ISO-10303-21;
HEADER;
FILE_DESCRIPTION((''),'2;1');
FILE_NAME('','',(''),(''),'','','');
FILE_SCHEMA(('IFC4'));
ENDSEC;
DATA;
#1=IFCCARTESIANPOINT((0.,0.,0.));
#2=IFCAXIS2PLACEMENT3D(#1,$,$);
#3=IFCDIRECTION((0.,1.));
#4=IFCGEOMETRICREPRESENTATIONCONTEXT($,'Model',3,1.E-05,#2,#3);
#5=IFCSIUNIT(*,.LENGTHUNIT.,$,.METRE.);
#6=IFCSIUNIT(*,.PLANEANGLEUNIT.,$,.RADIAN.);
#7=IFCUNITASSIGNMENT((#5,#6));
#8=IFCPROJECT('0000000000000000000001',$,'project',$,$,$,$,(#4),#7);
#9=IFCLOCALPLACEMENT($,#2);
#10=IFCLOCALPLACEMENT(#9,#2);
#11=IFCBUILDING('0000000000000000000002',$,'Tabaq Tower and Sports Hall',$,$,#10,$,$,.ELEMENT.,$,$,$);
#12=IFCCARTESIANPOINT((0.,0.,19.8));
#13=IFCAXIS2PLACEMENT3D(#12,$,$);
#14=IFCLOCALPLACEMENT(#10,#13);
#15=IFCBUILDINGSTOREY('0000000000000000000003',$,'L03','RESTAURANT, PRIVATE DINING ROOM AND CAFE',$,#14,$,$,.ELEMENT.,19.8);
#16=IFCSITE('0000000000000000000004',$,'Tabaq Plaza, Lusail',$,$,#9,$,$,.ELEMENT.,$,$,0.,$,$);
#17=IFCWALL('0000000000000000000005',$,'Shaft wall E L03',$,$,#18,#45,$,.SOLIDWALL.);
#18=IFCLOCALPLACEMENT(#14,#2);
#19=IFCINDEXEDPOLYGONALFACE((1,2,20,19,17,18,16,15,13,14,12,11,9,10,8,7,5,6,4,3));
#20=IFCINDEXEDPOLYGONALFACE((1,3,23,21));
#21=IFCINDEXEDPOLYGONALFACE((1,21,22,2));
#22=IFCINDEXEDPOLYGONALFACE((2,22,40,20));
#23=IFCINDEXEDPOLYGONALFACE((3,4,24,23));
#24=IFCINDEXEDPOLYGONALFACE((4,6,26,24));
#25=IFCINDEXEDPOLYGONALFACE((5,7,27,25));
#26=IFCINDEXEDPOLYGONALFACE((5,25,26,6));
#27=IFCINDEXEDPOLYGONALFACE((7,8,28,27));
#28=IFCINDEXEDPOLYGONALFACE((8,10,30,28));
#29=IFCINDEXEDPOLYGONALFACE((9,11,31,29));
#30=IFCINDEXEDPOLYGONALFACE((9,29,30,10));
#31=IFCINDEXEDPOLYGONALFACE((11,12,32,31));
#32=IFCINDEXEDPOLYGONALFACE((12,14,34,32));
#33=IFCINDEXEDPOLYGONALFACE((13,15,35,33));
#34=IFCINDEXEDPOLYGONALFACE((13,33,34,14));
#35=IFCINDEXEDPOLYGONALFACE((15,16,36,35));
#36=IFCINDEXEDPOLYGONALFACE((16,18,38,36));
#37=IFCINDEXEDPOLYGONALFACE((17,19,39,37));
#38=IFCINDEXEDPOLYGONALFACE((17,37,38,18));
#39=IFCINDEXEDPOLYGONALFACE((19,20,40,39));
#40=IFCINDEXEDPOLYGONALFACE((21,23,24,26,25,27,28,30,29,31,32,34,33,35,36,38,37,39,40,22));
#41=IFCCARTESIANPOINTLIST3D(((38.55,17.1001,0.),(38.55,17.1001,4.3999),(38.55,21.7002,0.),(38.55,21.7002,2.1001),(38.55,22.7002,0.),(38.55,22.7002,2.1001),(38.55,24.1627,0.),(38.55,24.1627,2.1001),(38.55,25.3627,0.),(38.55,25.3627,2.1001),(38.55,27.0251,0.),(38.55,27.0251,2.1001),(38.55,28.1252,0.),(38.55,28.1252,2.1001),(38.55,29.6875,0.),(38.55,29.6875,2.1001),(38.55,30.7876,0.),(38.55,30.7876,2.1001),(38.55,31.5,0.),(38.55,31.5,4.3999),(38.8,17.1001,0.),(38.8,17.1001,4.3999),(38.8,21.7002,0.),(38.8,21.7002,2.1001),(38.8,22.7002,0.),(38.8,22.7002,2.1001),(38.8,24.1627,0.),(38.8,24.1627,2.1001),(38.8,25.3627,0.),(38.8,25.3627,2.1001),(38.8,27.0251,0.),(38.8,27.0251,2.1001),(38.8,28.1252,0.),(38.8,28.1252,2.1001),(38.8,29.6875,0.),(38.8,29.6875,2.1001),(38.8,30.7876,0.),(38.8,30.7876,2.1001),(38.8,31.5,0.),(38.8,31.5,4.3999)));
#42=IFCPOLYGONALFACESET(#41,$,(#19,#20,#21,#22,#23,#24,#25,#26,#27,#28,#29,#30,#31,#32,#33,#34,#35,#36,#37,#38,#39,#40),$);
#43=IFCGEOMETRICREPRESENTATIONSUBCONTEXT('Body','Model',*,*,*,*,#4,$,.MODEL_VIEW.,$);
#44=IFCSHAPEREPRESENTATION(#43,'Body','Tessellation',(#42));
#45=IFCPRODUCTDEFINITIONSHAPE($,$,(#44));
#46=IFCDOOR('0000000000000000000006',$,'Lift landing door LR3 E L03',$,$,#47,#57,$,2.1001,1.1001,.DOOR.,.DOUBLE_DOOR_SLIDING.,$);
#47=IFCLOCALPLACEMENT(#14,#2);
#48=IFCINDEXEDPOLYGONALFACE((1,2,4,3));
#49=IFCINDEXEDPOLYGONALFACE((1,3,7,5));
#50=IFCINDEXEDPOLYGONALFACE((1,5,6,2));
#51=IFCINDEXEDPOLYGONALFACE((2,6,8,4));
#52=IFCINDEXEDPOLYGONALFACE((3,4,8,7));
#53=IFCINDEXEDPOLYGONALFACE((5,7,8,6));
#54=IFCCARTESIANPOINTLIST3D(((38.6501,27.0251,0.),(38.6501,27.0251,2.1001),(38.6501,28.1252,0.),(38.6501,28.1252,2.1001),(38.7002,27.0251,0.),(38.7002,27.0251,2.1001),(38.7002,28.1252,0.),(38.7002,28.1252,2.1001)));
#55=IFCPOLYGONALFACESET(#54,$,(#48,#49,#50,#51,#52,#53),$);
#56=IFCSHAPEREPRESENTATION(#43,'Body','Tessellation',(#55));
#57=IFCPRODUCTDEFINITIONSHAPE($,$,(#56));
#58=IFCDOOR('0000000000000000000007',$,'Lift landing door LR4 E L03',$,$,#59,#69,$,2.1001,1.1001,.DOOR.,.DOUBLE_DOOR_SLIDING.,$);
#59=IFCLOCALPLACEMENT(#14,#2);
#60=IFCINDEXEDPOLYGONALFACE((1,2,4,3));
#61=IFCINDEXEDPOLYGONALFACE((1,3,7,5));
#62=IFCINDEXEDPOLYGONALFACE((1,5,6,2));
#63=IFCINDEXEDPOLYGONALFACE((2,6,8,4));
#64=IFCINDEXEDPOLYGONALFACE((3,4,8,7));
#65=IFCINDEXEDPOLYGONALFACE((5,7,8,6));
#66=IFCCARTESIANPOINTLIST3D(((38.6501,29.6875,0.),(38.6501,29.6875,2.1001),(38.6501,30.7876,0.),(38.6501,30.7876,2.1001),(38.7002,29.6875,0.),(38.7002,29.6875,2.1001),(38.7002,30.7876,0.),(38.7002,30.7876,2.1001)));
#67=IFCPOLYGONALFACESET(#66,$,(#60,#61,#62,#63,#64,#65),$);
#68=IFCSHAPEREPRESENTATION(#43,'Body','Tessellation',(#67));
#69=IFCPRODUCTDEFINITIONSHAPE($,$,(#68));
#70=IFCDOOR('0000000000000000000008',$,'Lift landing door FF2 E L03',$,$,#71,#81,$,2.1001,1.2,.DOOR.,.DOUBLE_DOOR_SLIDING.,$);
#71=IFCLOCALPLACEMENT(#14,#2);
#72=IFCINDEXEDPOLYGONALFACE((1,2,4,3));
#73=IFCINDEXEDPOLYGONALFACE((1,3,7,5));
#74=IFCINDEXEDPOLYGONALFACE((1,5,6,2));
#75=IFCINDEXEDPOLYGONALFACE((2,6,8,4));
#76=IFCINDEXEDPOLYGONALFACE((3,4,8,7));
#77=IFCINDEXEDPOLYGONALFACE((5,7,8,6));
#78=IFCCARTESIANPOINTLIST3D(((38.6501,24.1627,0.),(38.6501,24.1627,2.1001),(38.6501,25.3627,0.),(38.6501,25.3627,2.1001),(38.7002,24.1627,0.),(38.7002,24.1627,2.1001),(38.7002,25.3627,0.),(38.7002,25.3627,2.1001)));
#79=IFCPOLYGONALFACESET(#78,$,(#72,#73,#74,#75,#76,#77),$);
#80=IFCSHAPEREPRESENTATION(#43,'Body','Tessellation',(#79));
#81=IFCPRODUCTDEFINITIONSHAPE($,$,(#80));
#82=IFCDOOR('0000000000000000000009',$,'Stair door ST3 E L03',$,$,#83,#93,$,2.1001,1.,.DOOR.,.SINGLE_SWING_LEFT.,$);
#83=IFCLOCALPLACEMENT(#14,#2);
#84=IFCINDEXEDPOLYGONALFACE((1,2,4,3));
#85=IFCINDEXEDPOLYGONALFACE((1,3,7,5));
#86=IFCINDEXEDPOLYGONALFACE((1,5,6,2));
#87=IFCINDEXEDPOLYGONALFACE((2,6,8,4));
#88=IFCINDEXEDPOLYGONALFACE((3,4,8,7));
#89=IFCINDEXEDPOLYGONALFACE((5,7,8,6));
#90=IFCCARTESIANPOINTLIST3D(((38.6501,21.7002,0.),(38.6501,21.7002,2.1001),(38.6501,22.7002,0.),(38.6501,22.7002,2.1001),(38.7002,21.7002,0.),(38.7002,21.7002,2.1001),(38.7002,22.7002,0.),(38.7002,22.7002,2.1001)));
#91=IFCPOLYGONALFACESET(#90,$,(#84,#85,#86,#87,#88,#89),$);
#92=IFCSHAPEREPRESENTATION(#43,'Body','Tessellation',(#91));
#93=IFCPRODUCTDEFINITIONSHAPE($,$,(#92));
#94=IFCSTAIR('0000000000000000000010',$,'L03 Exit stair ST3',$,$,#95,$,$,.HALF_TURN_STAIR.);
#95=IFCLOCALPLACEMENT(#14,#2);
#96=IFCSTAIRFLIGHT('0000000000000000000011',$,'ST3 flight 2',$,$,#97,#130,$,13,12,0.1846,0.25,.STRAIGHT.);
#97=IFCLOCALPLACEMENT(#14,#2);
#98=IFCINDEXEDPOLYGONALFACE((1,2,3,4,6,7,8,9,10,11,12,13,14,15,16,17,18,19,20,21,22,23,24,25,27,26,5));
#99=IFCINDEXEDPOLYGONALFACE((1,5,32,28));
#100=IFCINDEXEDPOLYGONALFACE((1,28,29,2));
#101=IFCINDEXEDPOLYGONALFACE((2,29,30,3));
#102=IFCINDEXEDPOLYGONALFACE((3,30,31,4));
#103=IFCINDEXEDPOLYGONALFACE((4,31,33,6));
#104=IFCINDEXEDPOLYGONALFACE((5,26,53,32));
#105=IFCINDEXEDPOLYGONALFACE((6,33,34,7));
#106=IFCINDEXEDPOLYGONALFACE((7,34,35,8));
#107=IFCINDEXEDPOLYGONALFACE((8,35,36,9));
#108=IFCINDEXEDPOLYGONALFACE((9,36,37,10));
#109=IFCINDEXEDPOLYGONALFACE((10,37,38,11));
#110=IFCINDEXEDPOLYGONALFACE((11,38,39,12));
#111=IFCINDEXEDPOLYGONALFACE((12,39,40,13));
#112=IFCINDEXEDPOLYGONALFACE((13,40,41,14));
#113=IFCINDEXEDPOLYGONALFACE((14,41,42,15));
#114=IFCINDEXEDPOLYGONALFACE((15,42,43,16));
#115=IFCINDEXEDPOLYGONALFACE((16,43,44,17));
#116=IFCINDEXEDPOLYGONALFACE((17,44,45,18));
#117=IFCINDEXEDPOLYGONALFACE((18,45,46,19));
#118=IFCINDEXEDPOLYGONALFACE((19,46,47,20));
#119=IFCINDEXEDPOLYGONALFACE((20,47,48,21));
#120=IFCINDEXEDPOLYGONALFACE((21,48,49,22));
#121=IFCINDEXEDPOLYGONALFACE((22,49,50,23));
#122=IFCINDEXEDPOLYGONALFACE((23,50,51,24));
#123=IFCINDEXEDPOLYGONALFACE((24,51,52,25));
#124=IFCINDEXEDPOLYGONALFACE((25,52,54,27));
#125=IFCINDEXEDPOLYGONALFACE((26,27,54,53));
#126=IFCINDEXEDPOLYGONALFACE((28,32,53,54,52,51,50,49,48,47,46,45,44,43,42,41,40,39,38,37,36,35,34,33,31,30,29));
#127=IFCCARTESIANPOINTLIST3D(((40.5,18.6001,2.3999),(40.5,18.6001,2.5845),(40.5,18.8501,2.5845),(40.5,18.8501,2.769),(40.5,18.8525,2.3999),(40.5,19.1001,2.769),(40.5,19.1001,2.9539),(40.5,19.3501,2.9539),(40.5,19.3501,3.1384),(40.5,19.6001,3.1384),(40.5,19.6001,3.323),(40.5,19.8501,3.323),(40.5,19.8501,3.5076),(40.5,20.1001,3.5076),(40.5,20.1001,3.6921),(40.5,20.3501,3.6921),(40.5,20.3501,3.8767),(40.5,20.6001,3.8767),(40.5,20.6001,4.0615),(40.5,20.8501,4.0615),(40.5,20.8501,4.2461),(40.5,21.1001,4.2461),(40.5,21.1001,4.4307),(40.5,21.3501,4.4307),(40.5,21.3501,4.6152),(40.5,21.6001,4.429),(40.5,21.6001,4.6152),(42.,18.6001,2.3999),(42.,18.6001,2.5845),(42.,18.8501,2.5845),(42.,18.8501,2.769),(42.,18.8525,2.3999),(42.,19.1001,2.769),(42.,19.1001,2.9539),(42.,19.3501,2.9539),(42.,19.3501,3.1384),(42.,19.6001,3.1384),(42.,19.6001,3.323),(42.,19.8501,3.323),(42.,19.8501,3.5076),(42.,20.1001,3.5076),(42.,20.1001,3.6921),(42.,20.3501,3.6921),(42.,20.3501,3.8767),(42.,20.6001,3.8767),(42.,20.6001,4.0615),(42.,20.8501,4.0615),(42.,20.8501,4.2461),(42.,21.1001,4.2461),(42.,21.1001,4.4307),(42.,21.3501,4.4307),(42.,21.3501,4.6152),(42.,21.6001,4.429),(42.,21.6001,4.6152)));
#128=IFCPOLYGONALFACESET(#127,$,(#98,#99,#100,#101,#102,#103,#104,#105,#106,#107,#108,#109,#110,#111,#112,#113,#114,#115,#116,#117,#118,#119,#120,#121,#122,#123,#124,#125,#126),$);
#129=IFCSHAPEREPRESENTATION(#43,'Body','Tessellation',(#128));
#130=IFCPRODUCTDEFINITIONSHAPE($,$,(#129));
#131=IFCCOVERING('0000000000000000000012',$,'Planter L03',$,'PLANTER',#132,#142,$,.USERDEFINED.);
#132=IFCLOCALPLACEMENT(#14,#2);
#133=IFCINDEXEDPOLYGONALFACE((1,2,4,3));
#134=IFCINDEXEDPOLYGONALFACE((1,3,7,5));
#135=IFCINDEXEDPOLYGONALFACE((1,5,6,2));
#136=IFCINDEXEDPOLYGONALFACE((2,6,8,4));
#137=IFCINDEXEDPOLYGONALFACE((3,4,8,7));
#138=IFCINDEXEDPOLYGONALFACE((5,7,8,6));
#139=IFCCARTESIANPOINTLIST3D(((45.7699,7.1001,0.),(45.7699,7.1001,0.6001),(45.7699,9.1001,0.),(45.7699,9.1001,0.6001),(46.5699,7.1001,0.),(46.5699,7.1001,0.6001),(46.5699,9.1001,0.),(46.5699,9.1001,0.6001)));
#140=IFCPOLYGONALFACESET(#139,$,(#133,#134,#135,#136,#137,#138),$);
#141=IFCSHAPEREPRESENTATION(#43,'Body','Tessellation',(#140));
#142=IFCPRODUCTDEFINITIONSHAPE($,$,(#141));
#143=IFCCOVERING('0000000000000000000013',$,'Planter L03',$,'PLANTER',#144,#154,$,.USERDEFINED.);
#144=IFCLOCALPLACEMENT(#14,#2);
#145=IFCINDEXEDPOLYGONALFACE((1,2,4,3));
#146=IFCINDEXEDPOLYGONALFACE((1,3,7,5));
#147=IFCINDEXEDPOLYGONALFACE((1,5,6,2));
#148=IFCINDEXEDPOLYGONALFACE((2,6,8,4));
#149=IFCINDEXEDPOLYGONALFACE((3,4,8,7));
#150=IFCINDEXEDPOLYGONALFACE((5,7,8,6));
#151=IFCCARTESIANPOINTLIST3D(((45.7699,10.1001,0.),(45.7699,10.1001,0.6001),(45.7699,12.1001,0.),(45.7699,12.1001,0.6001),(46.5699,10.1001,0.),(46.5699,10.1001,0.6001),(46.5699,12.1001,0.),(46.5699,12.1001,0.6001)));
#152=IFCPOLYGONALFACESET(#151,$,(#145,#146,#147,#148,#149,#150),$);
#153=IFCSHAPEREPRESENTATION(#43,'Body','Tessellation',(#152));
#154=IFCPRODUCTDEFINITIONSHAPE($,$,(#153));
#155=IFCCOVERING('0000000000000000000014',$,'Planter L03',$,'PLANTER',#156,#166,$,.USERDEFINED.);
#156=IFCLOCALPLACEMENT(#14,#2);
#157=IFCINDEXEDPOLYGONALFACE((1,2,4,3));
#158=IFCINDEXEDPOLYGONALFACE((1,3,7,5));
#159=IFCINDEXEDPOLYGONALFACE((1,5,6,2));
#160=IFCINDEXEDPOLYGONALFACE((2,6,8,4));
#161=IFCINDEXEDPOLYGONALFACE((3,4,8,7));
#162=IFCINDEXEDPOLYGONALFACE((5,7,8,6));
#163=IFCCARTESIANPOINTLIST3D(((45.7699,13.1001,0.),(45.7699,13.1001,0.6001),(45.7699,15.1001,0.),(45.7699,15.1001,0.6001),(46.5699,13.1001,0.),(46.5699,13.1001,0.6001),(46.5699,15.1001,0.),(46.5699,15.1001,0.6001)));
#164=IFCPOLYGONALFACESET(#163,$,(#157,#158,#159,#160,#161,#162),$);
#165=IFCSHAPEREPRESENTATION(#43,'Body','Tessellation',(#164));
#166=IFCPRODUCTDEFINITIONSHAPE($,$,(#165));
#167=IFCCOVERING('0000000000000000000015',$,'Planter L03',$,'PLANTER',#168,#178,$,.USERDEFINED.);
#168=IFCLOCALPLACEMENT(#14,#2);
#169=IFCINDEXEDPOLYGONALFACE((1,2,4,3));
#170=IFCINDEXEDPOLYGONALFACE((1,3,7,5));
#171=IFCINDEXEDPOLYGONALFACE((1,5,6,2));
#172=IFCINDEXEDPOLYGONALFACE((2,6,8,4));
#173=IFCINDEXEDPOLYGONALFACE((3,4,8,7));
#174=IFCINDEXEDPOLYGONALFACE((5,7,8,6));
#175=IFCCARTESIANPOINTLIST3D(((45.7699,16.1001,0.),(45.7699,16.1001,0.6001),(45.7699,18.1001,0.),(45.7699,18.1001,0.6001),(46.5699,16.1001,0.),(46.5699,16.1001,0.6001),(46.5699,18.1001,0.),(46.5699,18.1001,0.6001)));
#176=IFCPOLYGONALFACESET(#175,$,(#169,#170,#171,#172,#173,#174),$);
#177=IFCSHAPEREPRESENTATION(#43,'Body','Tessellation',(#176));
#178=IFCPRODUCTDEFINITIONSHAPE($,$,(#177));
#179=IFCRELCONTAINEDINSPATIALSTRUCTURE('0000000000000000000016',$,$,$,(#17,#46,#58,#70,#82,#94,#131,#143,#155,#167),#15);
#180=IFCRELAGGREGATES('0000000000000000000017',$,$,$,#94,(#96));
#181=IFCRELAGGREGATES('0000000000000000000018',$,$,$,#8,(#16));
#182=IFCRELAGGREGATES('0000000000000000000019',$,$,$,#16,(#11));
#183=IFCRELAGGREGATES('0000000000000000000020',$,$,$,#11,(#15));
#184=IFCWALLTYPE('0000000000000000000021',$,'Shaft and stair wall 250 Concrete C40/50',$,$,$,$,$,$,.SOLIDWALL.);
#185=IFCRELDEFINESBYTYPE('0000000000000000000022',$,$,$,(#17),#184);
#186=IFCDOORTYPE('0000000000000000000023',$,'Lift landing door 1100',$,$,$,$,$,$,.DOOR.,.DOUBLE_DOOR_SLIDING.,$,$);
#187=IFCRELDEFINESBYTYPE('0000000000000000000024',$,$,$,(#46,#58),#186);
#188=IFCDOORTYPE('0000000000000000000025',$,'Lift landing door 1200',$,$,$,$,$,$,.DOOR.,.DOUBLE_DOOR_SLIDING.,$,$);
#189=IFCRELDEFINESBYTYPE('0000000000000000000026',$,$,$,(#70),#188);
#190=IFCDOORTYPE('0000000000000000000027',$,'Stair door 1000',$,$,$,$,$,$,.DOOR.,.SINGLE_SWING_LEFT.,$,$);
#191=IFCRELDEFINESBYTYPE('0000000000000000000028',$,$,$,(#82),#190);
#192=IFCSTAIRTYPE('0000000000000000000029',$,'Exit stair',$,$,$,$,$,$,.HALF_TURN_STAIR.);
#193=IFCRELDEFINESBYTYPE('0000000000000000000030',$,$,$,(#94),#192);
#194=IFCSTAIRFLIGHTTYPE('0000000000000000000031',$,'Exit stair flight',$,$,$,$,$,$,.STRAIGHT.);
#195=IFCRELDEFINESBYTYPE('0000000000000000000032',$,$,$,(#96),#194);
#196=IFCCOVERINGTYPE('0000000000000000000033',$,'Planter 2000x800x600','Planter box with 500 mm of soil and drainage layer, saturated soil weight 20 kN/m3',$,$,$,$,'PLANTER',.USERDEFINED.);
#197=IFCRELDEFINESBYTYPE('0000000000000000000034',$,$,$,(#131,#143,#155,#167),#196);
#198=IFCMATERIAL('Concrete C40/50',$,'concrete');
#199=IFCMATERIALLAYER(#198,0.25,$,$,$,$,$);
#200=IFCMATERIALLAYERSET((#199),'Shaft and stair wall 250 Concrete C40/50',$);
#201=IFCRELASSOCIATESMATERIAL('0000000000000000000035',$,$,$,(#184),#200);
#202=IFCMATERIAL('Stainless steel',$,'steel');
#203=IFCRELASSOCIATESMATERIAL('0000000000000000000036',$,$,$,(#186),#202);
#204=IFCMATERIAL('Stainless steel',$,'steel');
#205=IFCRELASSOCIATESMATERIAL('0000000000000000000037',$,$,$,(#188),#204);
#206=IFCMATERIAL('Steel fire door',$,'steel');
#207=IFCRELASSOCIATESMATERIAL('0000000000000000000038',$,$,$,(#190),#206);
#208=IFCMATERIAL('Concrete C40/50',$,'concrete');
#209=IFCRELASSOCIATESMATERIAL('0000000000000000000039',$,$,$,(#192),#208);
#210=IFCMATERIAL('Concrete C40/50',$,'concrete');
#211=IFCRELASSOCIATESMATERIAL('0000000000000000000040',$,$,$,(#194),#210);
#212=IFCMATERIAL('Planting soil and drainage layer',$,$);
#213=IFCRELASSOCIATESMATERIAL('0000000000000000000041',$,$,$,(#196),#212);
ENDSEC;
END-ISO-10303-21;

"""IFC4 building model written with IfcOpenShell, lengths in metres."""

from ifc_helpers import new_model, si_unit, direction, frame, frame_2d, origin, origin_2d, place, context, subcontext, project, spatial, polyline, rectangle, outline, extrude, material, layer, layer_set, type_object, element, fill, aggregate, save


model = new_model("IFC4")

# Units and contexts
model_context = context("Model", 3, precision=1e-05, world=origin(), true_north=direction((0.0, 1.0)))
body_context = subcontext(model_context, "Body", "Model", "MODEL_VIEW")
ifc_project = project(units=[si_unit("LENGTHUNIT", "METRE"), si_unit("PLANEANGLEUNIT", "RADIAN")], contexts=[model_context])

# Site, building, storey
site_placement = place(None, origin())
site = spatial("IfcSite", under=ifc_project, at=site_placement, Name="Tabaq Plaza, Lusail", CompositionType="ELEMENT", RefElevation=0.0)
building_placement = place(site_placement, origin())
building = spatial("IfcBuilding", under=site, at=building_placement, Name="Tabaq Tower and Sports Hall", CompositionType="ELEMENT")
storey_placement = place(building_placement, frame((0.0, 0.0, 19.8)))
storey = spatial("IfcBuildingStorey", under=building, at=storey_placement, Name="L03", Description="RESTAURANT, PRIVATE DINING ROOM AND CAFE", CompositionType="ELEMENT", Elevation=19.8)

# Wall, openings, doors
ifc_material_1 = material(Name="Concrete C40/50", Category="concrete")
ifc_layer_1 = layer(ifc_material_1, 0.25)
ifc_layer_set_1 = layer_set([ifc_layer_1], Name="Shaft and stair wall 250 Concrete C40/50")
wall_type_1 = type_object("IfcWallType", Name="Shaft and stair wall 250 Concrete C40/50", PredefinedType="SOLIDWALL", material=ifc_layer_set_1)
wall_1_placement = place(storey_placement, frame((38.675, 17.1001, 0.0), z_axis=(0.0, 0.0, 1.0), x_axis=(0.0, 1.0, 0.0)))
wall_1 = element("IfcWall", 1, at=wall_1_placement, inside=storey, type_object=wall_type_1, Name="Shaft wall E L03", PredefinedType="SOLIDWALL", context=body_context, shape_type="SweptSolid", body=[
    extrude(rectangle(XDim=14.3999, YDim=0.25, at=frame_2d((7.2, 0.0))), origin(), (0.0, 0.0, 1.0), 4.3999),
])
opening_1_placement = place(wall_1_placement, frame((4.6001, 0.0, 0.0)))
opening_1 = element("IfcOpeningElement", 2, at=opening_1_placement, cuts=wall_1, PredefinedType="OPENING", context=body_context, shape_type="SweptSolid", body=[
    extrude(rectangle(XDim=1.0, YDim=2.1001, at=frame_2d((0.5, 1.05))), frame((0.0, 0.125, 0.0), z_axis=(0.0, -1.0, 0.0), x_axis=(1.0, 0.0, 0.0)), (0.0, 0.0, 1.0), 0.25),
])
opening_2_placement = place(wall_1_placement, frame((7.0625, 0.0, 0.0)))
opening_2 = element("IfcOpeningElement", 3, at=opening_2_placement, cuts=wall_1, PredefinedType="OPENING", context=body_context, shape_type="SweptSolid", body=[
    extrude(rectangle(XDim=1.2, YDim=2.1001, at=frame_2d((0.6001, 1.05))), frame((0.0, 0.125, 0.0), z_axis=(0.0, -1.0, 0.0), x_axis=(1.0, 0.0, 0.0)), (0.0, 0.0, 1.0), 0.25),
])
opening_3_placement = place(wall_1_placement, frame((9.925, 0.0, 0.0)))
opening_3 = element("IfcOpeningElement", 4, at=opening_3_placement, cuts=wall_1, PredefinedType="OPENING", context=body_context, shape_type="SweptSolid", body=[
    extrude(rectangle(XDim=1.1001, YDim=2.1001, at=frame_2d((0.55, 1.05))), frame((0.0, 0.125, 0.0), z_axis=(0.0, -1.0, 0.0), x_axis=(1.0, 0.0, 0.0)), (0.0, 0.0, 1.0), 0.25),
])
opening_4_placement = place(wall_1_placement, frame((12.5874, 0.0, 0.0)))
opening_4 = element("IfcOpeningElement", 5, at=opening_4_placement, cuts=wall_1, PredefinedType="OPENING", context=body_context, shape_type="SweptSolid", body=[
    extrude(rectangle(XDim=1.1001, YDim=2.1001, at=frame_2d((0.55, 1.05))), frame((0.0, 0.125, 0.0), z_axis=(0.0, -1.0, 0.0), x_axis=(1.0, 0.0, 0.0)), (0.0, 0.0, 1.0), 0.25),
])
ifc_material_2 = material(Name="Stainless steel", Category="steel")
door_type_1 = type_object("IfcDoorType", Name="Lift landing door 1100", OperationType="DOUBLE_DOOR_SLIDING", PredefinedType="DOOR", material=ifc_material_2)
door_1_placement = place(opening_3_placement, origin())
door_1 = element("IfcDoor", 6, at=door_1_placement, inside=storey, type_object=door_type_1, Name="Lift landing door LR3 E L03", OperationType="DOUBLE_DOOR_SLIDING", OverallHeight=2.1001, OverallWidth=1.1001, PredefinedType="DOOR", context=body_context, shape_type="SweptSolid", body=[
    extrude(rectangle(XDim=1.1001, YDim=2.1001, at=frame_2d((0.55, 1.05))), frame((0.0, 0.0249, 0.0), z_axis=(0.0, -1.0, 0.0), x_axis=(1.0, 0.0, 0.0)), (0.0, 0.0, 1.0), 0.05),
])
fill(opening_3, door_1)
door_2_placement = place(opening_4_placement, origin())
door_2 = element("IfcDoor", 7, at=door_2_placement, inside=storey, type_object=door_type_1, Name="Lift landing door LR4 E L03", OperationType="DOUBLE_DOOR_SLIDING", OverallHeight=2.1001, OverallWidth=1.1001, PredefinedType="DOOR", context=body_context, shape_type="SweptSolid", body=[
    extrude(rectangle(XDim=1.1001, YDim=2.1001, at=frame_2d((0.55, 1.05))), frame((0.0, 0.0249, 0.0), z_axis=(0.0, -1.0, 0.0), x_axis=(1.0, 0.0, 0.0)), (0.0, 0.0, 1.0), 0.05),
])
fill(opening_4, door_2)
ifc_material_3 = material(Name="Stainless steel", Category="steel")
door_type_2 = type_object("IfcDoorType", Name="Lift landing door 1200", OperationType="DOUBLE_DOOR_SLIDING", PredefinedType="DOOR", material=ifc_material_3)
door_3_placement = place(opening_2_placement, origin())
door_3 = element("IfcDoor", 8, at=door_3_placement, inside=storey, type_object=door_type_2, Name="Lift landing door FF2 E L03", OperationType="DOUBLE_DOOR_SLIDING", OverallHeight=2.1001, OverallWidth=1.2, PredefinedType="DOOR", context=body_context, shape_type="SweptSolid", body=[
    extrude(rectangle(XDim=1.2, YDim=2.1001, at=frame_2d((0.6001, 1.05))), frame((0.0, 0.0249, 0.0), z_axis=(0.0, -1.0, 0.0), x_axis=(1.0, 0.0, 0.0)), (0.0, 0.0, 1.0), 0.05),
])
fill(opening_2, door_3)
ifc_material_4 = material(Name="Steel fire door", Category="steel")
door_type_3 = type_object("IfcDoorType", Name="Stair door 1000", OperationType="SINGLE_SWING_LEFT", PredefinedType="DOOR", material=ifc_material_4)
door_4_placement = place(opening_1_placement, origin())
door_4 = element("IfcDoor", 9, at=door_4_placement, inside=storey, type_object=door_type_3, Name="Stair door ST3 E L03", OperationType="SINGLE_SWING_LEFT", OverallHeight=2.1001, OverallWidth=1.0, PredefinedType="DOOR", context=body_context, shape_type="SweptSolid", body=[
    extrude(rectangle(XDim=1.0, YDim=2.1001, at=frame_2d((0.5, 1.05))), frame((0.0, 0.0249, 0.0), z_axis=(0.0, -1.0, 0.0), x_axis=(1.0, 0.0, 0.0)), (0.0, 0.0, 1.0), 0.05),
])
fill(opening_1, door_4)

# Stair, stair flight
ifc_material_5 = material(Name="Concrete C40/50", Category="concrete")
stair_type = type_object("IfcStairType", Name="Exit stair", PredefinedType="HALF_TURN_STAIR", material=ifc_material_5)
stair_placement = place(storey_placement, origin())
stair = element("IfcStair", 10, at=stair_placement, inside=storey, type_object=stair_type, Name="L03 Exit stair ST3", PredefinedType="HALF_TURN_STAIR")
ifc_material_6 = material(Name="Concrete C40/50", Category="concrete")
stair_flight_type = type_object("IfcStairFlightType", Name="Exit stair flight", PredefinedType="STRAIGHT", material=ifc_material_6)
stair_flight_placement = place(storey_placement, frame((41.25, 18.6001, 2.3999), z_axis=(0.0, 0.0, 1.0), x_axis=(0.0, 1.0, 0.0)))
stair_flight = element("IfcStairFlight", 11, at=stair_flight_placement, type_object=stair_flight_type, Name="ST3 flight 2", NumberOfRisers=13, NumberOfTreads=12, PredefinedType="STRAIGHT", RiserHeight=0.1846, TreadLength=0.25, context=body_context, shape_type="SweptSolid", body=[
    extrude(outline(polyline([(0.0, 0.0), (0.0, 0.1846), (0.25, 0.1846), (0.25, 0.3691), (0.5, 0.3691), (0.5, 0.554), (0.75, 0.554), (0.75, 0.7385), (1.0, 0.7385), (1.0, 0.9231), (1.25, 0.9231), (1.25, 1.1077), (1.5, 1.1077), (1.5, 1.2922), (1.75, 1.2922), (1.75, 1.4768), (2.0, 1.4768), (2.0, 1.6616), (2.25, 1.6616), (2.25, 1.8462), (2.5, 1.8462), (2.5, 2.0308), (2.75, 2.0308), (2.75, 2.2153), (3.0, 2.2153), (3.0, 2.3999), (3.0, 2.0291), (0.2524, 0.0), (0.0, 0.0)])), frame((0.0, 0.75, 0.0), z_axis=(0.0, -1.0, 0.0), x_axis=(1.0, 0.0, 0.0)), (0.0, 0.0, 1.0), 1.5),
])
aggregate(stair, [stair_flight])

# Coverings
ifc_material_7 = material(Name="Planting soil and drainage layer")
covering_type_1 = type_object("IfcCoveringType", Name="Planter 2000x800x600", Description="Planter box with 500 mm of soil and drainage layer, saturated soil weight 20 kN/m3", ElementType="PLANTER", PredefinedType="USERDEFINED", material=ifc_material_7)
for number, where, z_axis, x_axis, name in (
    (12, (46.1699, 8.1001, 0.0), (0.0, 0.0, 1.0), (0.0, 1.0, 0.0), "Planter L03"),
    (13, (46.1699, 11.1001, 0.0), (0.0, 0.0, 1.0), (0.0, 1.0, 0.0), "Planter L03"),
    (14, (46.1699, 14.1001, 0.0), (0.0, 0.0, 1.0), (0.0, 1.0, 0.0), "Planter L03"),
    (15, (46.1699, 17.1001, 0.0), (0.0, 0.0, 1.0), (0.0, 1.0, 0.0), "Planter L03"),
):
    element("IfcCovering", number, at=place(storey_placement, frame(where, z_axis=z_axis, x_axis=x_axis)), inside=storey, type_object=covering_type_1, Name=name, ObjectType="PLANTER", PredefinedType="USERDEFINED", context=body_context, shape_type="SweptSolid", body=[
        extrude(rectangle(XDim=2.0, YDim=0.8, at=origin_2d()), origin(), (0.0, 0.0, 1.0), 0.6001),
    ])

save(model, "model.ifc")
